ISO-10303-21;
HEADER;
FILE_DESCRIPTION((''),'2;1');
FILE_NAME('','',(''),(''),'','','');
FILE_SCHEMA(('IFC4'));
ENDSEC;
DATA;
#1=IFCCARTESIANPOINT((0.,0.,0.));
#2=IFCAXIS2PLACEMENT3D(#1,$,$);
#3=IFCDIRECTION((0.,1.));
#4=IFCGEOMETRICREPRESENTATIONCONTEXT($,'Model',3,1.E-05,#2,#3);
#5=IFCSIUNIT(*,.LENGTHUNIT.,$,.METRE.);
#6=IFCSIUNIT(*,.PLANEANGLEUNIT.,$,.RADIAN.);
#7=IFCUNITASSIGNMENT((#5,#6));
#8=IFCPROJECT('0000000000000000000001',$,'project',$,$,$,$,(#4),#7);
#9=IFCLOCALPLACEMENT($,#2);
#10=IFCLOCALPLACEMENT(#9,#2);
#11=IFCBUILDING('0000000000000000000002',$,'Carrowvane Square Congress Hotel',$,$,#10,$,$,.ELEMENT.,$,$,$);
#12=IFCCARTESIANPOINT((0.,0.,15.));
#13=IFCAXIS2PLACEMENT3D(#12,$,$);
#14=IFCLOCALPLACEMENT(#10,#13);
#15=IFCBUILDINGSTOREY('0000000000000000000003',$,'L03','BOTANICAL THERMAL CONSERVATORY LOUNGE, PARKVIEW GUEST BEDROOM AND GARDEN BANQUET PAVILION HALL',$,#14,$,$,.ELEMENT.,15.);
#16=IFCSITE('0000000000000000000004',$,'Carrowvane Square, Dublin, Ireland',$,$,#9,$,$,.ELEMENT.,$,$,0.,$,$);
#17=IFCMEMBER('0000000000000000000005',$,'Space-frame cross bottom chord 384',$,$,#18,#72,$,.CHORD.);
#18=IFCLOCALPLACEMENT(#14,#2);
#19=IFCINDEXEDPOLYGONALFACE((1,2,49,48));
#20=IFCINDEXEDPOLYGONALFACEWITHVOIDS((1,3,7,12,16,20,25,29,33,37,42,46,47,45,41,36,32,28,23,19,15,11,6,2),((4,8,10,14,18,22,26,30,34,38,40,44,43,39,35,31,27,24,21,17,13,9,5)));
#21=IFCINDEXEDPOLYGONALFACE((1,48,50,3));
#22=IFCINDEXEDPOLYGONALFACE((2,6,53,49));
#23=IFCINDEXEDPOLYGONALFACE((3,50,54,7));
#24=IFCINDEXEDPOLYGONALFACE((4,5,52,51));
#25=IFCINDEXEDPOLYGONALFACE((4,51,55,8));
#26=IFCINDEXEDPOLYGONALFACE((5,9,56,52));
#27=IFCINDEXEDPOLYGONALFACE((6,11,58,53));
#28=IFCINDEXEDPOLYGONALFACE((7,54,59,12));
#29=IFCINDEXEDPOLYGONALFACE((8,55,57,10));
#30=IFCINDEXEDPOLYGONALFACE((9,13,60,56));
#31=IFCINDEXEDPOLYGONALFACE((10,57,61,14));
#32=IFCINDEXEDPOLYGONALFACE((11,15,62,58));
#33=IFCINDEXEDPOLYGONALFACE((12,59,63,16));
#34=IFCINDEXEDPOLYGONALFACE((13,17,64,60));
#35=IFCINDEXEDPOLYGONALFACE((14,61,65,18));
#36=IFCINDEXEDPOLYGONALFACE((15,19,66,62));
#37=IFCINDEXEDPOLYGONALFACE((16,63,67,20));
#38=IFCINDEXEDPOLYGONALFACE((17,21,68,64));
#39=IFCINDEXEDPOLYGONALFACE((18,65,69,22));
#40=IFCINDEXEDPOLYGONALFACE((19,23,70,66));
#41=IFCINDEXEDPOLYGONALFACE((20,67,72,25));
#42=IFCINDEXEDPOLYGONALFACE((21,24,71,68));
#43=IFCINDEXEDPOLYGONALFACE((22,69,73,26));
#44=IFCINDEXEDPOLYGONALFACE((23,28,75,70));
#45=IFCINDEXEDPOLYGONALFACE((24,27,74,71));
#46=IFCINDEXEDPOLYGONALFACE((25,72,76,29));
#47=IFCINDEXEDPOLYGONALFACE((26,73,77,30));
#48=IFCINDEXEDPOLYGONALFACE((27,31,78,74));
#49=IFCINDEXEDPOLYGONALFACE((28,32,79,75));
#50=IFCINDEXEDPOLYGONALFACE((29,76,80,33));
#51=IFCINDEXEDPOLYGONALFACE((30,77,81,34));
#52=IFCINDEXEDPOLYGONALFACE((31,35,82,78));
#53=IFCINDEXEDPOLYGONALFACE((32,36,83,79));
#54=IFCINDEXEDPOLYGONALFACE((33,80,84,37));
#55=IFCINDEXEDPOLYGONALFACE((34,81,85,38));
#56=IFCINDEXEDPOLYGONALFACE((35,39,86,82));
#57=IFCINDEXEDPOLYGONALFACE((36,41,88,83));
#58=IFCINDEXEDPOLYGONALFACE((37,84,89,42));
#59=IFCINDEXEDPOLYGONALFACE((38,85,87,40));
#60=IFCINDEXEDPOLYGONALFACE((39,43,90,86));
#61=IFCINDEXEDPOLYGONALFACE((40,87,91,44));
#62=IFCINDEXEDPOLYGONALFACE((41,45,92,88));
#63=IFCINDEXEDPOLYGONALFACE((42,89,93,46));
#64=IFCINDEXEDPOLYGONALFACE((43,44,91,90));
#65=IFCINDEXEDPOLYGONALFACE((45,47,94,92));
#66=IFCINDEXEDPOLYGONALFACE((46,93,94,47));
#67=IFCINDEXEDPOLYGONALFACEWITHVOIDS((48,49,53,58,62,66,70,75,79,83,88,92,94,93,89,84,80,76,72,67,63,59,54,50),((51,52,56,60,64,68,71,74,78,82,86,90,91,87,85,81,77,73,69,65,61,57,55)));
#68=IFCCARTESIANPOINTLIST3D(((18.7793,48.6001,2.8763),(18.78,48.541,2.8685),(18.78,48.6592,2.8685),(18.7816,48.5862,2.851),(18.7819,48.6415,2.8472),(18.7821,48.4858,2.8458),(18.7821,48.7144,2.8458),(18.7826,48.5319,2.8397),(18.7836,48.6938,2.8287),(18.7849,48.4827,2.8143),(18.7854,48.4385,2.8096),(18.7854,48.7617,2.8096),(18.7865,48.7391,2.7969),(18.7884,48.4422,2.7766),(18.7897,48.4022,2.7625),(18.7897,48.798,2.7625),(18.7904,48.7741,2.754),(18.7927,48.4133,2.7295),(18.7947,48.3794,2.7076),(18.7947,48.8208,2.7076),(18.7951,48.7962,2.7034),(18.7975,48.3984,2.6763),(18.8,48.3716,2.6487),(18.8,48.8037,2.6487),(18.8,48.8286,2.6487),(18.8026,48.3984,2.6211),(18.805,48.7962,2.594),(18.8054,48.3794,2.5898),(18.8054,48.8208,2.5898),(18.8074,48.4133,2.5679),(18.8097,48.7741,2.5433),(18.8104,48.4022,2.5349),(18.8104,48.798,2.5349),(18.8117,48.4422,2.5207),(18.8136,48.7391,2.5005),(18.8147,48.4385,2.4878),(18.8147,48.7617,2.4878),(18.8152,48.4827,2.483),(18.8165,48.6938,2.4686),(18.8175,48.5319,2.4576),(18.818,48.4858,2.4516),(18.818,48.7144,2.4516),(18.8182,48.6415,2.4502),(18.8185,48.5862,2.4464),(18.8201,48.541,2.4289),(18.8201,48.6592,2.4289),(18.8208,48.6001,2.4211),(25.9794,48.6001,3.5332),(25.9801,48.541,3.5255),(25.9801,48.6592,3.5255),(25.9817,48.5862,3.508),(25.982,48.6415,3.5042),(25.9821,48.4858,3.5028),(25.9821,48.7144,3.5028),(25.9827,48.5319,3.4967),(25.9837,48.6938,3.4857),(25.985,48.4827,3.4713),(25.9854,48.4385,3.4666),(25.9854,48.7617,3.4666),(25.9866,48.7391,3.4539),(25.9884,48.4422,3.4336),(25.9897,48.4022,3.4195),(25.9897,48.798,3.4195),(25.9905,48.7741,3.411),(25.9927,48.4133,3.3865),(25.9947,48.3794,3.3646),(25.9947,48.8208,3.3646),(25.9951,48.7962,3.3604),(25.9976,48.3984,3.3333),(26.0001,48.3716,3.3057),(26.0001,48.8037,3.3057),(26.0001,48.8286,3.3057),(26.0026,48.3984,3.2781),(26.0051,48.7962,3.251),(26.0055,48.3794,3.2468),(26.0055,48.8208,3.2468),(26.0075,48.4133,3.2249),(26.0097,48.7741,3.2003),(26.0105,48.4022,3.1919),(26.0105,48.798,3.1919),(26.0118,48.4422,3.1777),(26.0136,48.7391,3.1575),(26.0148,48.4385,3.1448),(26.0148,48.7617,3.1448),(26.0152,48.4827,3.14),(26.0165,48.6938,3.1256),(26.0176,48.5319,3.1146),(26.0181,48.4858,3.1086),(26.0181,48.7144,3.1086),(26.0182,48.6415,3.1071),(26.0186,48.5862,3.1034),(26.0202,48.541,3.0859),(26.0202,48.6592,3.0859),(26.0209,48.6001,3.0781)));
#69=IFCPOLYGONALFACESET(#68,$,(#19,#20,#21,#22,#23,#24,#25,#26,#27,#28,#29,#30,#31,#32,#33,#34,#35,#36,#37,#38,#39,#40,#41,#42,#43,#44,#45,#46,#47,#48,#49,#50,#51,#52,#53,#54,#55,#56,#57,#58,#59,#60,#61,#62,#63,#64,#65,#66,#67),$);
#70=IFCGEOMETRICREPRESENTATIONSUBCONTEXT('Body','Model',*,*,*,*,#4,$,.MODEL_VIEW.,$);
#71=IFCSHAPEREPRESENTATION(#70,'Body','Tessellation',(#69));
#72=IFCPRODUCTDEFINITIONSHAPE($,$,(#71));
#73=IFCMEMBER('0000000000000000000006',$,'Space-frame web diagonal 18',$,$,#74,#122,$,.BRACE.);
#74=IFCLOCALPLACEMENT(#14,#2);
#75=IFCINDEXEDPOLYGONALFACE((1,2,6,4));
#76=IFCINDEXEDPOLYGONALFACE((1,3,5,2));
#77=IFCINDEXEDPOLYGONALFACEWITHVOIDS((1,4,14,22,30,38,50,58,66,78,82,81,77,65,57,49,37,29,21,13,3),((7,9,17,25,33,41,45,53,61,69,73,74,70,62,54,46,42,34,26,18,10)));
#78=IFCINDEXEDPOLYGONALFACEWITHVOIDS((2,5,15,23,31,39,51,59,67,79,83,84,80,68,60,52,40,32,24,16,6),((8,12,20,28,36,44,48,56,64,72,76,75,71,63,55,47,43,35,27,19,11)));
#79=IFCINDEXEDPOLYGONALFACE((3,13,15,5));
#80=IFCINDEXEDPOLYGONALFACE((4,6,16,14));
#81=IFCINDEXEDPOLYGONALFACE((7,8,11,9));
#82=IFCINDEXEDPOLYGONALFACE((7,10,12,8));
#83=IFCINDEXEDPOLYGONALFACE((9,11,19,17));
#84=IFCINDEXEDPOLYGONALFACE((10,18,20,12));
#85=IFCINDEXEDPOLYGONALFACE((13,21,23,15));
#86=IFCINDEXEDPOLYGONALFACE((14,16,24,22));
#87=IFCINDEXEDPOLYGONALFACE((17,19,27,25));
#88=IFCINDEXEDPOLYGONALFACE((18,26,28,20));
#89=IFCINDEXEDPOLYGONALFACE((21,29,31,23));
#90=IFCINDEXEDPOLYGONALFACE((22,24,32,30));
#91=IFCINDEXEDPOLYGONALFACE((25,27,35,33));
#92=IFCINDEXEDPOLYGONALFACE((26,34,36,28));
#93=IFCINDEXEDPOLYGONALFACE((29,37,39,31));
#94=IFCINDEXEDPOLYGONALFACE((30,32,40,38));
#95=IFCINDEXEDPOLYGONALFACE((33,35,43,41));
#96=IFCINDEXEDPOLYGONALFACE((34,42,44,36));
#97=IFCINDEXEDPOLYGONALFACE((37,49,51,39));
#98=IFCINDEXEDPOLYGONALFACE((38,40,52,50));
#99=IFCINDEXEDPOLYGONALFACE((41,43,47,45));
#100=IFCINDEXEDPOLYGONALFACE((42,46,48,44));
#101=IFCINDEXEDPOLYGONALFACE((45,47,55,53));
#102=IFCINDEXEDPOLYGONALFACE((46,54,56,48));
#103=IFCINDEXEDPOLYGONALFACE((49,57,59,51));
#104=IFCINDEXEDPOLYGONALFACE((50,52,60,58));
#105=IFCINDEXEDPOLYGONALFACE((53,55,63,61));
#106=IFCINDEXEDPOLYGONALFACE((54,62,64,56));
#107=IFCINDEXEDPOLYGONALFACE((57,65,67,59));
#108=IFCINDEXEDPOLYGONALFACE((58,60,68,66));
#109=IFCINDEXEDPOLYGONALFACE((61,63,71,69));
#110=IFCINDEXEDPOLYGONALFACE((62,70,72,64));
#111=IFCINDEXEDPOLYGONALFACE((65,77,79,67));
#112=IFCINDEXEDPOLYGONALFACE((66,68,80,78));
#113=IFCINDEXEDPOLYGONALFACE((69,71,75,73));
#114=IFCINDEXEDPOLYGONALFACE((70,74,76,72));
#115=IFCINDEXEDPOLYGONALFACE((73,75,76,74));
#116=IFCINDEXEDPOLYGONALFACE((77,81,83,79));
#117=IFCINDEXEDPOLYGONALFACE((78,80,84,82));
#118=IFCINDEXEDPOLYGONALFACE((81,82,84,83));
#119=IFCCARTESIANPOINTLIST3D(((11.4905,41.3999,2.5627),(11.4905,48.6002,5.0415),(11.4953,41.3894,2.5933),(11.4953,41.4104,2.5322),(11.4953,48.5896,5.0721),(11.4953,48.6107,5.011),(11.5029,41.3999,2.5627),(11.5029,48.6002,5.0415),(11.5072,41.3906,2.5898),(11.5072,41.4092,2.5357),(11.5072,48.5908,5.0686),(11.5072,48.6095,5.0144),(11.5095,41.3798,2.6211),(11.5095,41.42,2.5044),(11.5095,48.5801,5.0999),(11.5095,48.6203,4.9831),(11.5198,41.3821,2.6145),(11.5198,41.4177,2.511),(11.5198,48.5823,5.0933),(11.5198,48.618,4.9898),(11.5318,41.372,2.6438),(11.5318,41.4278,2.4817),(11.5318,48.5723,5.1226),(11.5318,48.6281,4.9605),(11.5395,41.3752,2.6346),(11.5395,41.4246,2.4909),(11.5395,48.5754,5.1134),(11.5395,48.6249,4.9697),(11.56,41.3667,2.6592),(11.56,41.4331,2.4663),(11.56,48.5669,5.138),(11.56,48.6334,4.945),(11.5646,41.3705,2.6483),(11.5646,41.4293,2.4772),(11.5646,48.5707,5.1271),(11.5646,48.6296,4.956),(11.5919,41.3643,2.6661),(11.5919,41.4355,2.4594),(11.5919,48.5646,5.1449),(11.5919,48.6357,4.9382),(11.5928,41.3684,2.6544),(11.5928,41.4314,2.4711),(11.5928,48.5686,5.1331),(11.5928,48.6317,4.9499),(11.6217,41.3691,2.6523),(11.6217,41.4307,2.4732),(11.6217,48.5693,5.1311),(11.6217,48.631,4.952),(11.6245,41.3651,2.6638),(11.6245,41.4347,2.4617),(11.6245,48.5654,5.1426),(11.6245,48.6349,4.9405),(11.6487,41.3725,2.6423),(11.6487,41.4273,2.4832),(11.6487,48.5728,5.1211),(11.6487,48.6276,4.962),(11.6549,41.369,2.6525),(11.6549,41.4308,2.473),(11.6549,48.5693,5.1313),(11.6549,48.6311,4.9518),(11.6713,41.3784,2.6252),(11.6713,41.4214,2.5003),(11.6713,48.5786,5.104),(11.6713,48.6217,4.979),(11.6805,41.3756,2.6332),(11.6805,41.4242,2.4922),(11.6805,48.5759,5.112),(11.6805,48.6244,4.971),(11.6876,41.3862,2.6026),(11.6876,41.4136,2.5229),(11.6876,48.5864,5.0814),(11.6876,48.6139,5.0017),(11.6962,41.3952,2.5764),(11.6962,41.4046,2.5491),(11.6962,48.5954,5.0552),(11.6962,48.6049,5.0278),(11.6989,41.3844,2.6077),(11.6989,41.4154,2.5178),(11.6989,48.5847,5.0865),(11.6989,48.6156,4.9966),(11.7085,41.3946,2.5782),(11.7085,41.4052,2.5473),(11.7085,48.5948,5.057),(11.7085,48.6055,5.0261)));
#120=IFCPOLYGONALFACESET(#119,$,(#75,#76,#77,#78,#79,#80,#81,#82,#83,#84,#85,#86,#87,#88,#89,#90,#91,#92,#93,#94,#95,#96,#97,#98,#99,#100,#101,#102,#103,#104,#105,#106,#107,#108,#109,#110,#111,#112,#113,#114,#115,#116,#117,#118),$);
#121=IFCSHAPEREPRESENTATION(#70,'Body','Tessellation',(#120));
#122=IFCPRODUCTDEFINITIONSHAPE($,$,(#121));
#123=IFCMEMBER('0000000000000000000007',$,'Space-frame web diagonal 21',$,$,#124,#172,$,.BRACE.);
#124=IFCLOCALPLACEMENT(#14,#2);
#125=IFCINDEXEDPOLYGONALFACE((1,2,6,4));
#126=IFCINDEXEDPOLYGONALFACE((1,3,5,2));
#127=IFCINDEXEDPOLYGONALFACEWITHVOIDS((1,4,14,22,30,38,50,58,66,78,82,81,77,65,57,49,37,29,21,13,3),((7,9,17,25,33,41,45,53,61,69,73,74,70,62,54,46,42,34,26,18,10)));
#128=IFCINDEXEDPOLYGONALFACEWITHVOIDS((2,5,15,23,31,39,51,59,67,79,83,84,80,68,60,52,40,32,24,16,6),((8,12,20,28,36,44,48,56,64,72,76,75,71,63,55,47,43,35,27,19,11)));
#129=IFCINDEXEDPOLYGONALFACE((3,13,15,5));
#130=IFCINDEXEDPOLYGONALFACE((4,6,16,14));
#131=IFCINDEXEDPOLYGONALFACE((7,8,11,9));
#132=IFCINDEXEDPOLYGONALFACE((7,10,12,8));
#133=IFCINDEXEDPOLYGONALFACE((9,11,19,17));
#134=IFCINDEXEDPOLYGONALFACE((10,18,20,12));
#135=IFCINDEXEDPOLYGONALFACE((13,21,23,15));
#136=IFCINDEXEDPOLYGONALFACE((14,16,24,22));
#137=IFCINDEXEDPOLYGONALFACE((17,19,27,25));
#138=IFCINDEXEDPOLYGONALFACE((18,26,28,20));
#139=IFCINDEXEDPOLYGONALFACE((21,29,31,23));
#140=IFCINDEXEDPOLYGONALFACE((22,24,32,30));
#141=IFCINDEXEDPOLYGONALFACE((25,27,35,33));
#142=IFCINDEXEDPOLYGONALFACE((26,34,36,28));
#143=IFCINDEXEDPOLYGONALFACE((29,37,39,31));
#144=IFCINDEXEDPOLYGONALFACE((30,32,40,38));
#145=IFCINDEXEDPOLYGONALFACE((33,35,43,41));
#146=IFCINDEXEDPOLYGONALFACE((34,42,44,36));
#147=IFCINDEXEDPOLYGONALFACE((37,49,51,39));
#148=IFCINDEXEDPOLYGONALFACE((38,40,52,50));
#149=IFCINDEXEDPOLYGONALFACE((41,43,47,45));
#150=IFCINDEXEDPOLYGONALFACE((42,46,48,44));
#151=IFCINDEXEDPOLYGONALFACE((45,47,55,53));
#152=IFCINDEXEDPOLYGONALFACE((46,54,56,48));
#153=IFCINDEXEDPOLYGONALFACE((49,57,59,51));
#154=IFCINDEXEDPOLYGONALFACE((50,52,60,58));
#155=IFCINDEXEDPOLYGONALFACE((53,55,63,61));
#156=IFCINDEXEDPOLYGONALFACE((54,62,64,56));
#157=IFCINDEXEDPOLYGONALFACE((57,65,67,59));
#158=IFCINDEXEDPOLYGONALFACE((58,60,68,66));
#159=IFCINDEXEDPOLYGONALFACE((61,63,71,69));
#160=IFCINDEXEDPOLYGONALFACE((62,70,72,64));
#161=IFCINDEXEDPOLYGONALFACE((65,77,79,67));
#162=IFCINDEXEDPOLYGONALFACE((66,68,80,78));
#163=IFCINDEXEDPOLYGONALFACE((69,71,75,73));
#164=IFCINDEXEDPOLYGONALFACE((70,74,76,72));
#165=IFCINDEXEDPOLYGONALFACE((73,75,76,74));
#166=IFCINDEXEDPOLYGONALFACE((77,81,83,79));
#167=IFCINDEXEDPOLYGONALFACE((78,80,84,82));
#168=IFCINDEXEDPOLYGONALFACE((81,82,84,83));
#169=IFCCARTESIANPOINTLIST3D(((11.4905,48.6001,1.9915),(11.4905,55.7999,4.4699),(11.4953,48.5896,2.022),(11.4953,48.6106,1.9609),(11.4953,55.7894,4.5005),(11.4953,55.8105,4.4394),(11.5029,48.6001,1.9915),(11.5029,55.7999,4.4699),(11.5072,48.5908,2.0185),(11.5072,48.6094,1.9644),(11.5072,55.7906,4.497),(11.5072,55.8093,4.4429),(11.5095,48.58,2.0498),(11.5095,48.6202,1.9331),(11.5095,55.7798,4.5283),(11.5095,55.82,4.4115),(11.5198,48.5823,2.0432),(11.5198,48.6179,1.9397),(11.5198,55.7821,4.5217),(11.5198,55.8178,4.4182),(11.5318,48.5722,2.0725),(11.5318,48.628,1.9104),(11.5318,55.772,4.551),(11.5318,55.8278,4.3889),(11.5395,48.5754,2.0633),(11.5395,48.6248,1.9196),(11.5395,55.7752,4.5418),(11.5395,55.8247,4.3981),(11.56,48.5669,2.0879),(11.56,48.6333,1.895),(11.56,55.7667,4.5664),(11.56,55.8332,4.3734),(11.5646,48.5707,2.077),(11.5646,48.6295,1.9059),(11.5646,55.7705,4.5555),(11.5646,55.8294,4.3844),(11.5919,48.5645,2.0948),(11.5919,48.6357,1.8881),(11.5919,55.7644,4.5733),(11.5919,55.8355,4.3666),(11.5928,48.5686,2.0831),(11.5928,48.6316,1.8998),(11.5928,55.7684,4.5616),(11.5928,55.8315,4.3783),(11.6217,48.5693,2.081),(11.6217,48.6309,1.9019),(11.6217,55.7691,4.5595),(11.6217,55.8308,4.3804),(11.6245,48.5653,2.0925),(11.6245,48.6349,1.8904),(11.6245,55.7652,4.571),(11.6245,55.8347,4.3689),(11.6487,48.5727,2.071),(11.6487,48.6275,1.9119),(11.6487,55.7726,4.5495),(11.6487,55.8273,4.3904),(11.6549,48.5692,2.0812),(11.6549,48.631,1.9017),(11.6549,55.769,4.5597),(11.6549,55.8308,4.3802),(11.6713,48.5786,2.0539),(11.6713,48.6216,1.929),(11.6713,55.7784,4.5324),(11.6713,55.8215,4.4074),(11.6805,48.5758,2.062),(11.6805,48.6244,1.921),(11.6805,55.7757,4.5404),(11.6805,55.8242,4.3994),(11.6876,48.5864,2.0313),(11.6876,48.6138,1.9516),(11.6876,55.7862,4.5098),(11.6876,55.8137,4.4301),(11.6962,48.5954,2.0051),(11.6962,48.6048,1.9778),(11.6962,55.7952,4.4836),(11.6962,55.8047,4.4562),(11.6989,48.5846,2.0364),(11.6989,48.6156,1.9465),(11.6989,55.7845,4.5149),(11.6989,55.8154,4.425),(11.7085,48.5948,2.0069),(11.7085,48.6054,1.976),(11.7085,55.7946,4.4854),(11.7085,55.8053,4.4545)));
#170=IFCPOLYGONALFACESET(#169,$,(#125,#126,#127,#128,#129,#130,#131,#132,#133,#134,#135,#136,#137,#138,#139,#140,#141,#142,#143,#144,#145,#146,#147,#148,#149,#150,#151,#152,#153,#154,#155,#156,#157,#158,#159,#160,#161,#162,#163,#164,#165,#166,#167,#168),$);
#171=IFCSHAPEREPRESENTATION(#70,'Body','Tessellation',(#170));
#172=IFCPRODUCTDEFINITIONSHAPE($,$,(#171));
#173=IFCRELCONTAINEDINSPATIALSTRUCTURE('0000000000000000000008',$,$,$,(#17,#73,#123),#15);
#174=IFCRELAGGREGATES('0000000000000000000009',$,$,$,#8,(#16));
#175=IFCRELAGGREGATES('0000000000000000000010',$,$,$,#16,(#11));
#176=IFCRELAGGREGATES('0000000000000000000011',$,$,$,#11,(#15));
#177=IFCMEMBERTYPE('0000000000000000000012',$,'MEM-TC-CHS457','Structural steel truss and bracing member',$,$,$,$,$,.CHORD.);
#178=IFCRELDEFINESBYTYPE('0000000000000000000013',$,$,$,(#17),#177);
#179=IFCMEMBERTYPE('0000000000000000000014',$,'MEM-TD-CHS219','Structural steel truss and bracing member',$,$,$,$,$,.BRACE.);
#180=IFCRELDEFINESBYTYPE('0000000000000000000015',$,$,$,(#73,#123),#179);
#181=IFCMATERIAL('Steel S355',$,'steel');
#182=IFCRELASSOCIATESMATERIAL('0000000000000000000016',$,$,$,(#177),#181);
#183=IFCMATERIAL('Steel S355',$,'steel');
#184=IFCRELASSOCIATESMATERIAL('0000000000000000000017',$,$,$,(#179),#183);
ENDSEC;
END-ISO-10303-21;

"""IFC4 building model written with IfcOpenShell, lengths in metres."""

from ifc_helpers import new_model, si_unit, direction, frame, origin, origin_2d, place, context, subcontext, project, spatial, hollow_circle, extrude, material, material_profile, profile_set, type_object, element, save


model = new_model("IFC4")

# Units and contexts
model_context = context("Model", 3, precision=1e-05, world=origin(), true_north=direction((0.0, 1.0)))
body_context = subcontext(model_context, "Body", "Model", "MODEL_VIEW")
ifc_project = project(units=[si_unit("LENGTHUNIT", "METRE"), si_unit("PLANEANGLEUNIT", "RADIAN")], contexts=[model_context])

# Site, building, storey
site_placement = place(None, origin())
site = spatial("IfcSite", under=ifc_project, at=site_placement, Name="Carrowvane Square, Dublin, Ireland", CompositionType="ELEMENT", RefElevation=0.0)
building_placement = place(site_placement, origin())
building = spatial("IfcBuilding", under=site, at=building_placement, Name="Carrowvane Square Congress Hotel", CompositionType="ELEMENT")
storey_placement = place(building_placement, frame((0.0, 0.0, 15.0)))
storey = spatial("IfcBuildingStorey", under=building, at=storey_placement, Name="L03", Description="BOTANICAL THERMAL CONSERVATORY LOUNGE, PARKVIEW GUEST BEDROOM AND GARDEN BANQUET PAVILION HALL", CompositionType="ELEMENT", Elevation=15.0)

# Members
ifc_material_1 = material(Name="Steel S355", Category="steel")
ifc_material_profile_1 = material_profile(ifc_material_1, hollow_circle(Radius=0.2285, WallThickness=0.0249, at=origin_2d()), Name="CHS 457.0x25")
ifc_profile_set_1 = profile_set([ifc_material_profile_1], Name="Steel S355")
member_type_1 = type_object("IfcMemberType", Name="MEM-TC-CHS457", Description="Structural steel truss and bracing member", PredefinedType="CHORD", material=ifc_profile_set_1)
for number, where, z_axis, x_axis, name in (
    (1, (18.8, 48.6001, 2.6487), (0.995863, 0.0, 0.090871), (0.0, 1.0, 0.0), "Space-frame cross bottom chord 384"),
):
    element("IfcMember", number, at=place(storey_placement, frame(where, z_axis=z_axis, x_axis=x_axis)), inside=storey, type_object=member_type_1, Name=name, PredefinedType="CHORD", context=body_context, shape_type="SweptSolid", body=[
        extrude(hollow_circle(Radius=0.2285, WallThickness=0.0249, at=origin_2d()), origin(), (0.0, 0.0, 1.0), 7.23),
    ])
ifc_material_2 = material(Name="Steel S355", Category="steel")
ifc_material_profile_2 = material_profile(ifc_material_2, hollow_circle(Radius=0.1096, WallThickness=0.0125, at=origin_2d()), Name="CHS 219.1x12.5")
ifc_profile_set_2 = profile_set([ifc_material_profile_2], Name="Steel S355")
member_type_2 = type_object("IfcMemberType", Name="MEM-TD-CHS219", Description="Structural steel truss and bracing member", PredefinedType="BRACE", material=ifc_profile_set_2)
member_1_placement = place(storey_placement, frame((11.6001, 41.3999, 2.5627), z_axis=(0.0, 0.945537, 0.325513), x_axis=(-1.0, 0.0, 0.0)))
element("IfcMember", 2, at=member_1_placement, inside=storey, type_object=member_type_2, Name="Space-frame web diagonal 18", PredefinedType="BRACE", context=body_context, shape_type="SweptSolid", body=[
    extrude(hollow_circle(Radius=0.1096, WallThickness=0.0125, at=origin_2d()), origin(), (0.0, 0.0, 1.0), 7.615),
])
member_2_placement = place(storey_placement, frame((11.6001, 48.6001, 1.9915), z_axis=(0.0, 0.945544, 0.325495), x_axis=(-1.0, 0.0, 0.0)))
element("IfcMember", 3, at=member_2_placement, inside=storey, type_object=member_type_2, Name="Space-frame web diagonal 21", PredefinedType="BRACE", context=body_context, shape_type="SweptSolid", body=[
    extrude(hollow_circle(Radius=0.1096, WallThickness=0.0125, at=origin_2d()), origin(), (0.0, 0.0, 1.0), 7.6145),
])

save(model, "model.ifc")
